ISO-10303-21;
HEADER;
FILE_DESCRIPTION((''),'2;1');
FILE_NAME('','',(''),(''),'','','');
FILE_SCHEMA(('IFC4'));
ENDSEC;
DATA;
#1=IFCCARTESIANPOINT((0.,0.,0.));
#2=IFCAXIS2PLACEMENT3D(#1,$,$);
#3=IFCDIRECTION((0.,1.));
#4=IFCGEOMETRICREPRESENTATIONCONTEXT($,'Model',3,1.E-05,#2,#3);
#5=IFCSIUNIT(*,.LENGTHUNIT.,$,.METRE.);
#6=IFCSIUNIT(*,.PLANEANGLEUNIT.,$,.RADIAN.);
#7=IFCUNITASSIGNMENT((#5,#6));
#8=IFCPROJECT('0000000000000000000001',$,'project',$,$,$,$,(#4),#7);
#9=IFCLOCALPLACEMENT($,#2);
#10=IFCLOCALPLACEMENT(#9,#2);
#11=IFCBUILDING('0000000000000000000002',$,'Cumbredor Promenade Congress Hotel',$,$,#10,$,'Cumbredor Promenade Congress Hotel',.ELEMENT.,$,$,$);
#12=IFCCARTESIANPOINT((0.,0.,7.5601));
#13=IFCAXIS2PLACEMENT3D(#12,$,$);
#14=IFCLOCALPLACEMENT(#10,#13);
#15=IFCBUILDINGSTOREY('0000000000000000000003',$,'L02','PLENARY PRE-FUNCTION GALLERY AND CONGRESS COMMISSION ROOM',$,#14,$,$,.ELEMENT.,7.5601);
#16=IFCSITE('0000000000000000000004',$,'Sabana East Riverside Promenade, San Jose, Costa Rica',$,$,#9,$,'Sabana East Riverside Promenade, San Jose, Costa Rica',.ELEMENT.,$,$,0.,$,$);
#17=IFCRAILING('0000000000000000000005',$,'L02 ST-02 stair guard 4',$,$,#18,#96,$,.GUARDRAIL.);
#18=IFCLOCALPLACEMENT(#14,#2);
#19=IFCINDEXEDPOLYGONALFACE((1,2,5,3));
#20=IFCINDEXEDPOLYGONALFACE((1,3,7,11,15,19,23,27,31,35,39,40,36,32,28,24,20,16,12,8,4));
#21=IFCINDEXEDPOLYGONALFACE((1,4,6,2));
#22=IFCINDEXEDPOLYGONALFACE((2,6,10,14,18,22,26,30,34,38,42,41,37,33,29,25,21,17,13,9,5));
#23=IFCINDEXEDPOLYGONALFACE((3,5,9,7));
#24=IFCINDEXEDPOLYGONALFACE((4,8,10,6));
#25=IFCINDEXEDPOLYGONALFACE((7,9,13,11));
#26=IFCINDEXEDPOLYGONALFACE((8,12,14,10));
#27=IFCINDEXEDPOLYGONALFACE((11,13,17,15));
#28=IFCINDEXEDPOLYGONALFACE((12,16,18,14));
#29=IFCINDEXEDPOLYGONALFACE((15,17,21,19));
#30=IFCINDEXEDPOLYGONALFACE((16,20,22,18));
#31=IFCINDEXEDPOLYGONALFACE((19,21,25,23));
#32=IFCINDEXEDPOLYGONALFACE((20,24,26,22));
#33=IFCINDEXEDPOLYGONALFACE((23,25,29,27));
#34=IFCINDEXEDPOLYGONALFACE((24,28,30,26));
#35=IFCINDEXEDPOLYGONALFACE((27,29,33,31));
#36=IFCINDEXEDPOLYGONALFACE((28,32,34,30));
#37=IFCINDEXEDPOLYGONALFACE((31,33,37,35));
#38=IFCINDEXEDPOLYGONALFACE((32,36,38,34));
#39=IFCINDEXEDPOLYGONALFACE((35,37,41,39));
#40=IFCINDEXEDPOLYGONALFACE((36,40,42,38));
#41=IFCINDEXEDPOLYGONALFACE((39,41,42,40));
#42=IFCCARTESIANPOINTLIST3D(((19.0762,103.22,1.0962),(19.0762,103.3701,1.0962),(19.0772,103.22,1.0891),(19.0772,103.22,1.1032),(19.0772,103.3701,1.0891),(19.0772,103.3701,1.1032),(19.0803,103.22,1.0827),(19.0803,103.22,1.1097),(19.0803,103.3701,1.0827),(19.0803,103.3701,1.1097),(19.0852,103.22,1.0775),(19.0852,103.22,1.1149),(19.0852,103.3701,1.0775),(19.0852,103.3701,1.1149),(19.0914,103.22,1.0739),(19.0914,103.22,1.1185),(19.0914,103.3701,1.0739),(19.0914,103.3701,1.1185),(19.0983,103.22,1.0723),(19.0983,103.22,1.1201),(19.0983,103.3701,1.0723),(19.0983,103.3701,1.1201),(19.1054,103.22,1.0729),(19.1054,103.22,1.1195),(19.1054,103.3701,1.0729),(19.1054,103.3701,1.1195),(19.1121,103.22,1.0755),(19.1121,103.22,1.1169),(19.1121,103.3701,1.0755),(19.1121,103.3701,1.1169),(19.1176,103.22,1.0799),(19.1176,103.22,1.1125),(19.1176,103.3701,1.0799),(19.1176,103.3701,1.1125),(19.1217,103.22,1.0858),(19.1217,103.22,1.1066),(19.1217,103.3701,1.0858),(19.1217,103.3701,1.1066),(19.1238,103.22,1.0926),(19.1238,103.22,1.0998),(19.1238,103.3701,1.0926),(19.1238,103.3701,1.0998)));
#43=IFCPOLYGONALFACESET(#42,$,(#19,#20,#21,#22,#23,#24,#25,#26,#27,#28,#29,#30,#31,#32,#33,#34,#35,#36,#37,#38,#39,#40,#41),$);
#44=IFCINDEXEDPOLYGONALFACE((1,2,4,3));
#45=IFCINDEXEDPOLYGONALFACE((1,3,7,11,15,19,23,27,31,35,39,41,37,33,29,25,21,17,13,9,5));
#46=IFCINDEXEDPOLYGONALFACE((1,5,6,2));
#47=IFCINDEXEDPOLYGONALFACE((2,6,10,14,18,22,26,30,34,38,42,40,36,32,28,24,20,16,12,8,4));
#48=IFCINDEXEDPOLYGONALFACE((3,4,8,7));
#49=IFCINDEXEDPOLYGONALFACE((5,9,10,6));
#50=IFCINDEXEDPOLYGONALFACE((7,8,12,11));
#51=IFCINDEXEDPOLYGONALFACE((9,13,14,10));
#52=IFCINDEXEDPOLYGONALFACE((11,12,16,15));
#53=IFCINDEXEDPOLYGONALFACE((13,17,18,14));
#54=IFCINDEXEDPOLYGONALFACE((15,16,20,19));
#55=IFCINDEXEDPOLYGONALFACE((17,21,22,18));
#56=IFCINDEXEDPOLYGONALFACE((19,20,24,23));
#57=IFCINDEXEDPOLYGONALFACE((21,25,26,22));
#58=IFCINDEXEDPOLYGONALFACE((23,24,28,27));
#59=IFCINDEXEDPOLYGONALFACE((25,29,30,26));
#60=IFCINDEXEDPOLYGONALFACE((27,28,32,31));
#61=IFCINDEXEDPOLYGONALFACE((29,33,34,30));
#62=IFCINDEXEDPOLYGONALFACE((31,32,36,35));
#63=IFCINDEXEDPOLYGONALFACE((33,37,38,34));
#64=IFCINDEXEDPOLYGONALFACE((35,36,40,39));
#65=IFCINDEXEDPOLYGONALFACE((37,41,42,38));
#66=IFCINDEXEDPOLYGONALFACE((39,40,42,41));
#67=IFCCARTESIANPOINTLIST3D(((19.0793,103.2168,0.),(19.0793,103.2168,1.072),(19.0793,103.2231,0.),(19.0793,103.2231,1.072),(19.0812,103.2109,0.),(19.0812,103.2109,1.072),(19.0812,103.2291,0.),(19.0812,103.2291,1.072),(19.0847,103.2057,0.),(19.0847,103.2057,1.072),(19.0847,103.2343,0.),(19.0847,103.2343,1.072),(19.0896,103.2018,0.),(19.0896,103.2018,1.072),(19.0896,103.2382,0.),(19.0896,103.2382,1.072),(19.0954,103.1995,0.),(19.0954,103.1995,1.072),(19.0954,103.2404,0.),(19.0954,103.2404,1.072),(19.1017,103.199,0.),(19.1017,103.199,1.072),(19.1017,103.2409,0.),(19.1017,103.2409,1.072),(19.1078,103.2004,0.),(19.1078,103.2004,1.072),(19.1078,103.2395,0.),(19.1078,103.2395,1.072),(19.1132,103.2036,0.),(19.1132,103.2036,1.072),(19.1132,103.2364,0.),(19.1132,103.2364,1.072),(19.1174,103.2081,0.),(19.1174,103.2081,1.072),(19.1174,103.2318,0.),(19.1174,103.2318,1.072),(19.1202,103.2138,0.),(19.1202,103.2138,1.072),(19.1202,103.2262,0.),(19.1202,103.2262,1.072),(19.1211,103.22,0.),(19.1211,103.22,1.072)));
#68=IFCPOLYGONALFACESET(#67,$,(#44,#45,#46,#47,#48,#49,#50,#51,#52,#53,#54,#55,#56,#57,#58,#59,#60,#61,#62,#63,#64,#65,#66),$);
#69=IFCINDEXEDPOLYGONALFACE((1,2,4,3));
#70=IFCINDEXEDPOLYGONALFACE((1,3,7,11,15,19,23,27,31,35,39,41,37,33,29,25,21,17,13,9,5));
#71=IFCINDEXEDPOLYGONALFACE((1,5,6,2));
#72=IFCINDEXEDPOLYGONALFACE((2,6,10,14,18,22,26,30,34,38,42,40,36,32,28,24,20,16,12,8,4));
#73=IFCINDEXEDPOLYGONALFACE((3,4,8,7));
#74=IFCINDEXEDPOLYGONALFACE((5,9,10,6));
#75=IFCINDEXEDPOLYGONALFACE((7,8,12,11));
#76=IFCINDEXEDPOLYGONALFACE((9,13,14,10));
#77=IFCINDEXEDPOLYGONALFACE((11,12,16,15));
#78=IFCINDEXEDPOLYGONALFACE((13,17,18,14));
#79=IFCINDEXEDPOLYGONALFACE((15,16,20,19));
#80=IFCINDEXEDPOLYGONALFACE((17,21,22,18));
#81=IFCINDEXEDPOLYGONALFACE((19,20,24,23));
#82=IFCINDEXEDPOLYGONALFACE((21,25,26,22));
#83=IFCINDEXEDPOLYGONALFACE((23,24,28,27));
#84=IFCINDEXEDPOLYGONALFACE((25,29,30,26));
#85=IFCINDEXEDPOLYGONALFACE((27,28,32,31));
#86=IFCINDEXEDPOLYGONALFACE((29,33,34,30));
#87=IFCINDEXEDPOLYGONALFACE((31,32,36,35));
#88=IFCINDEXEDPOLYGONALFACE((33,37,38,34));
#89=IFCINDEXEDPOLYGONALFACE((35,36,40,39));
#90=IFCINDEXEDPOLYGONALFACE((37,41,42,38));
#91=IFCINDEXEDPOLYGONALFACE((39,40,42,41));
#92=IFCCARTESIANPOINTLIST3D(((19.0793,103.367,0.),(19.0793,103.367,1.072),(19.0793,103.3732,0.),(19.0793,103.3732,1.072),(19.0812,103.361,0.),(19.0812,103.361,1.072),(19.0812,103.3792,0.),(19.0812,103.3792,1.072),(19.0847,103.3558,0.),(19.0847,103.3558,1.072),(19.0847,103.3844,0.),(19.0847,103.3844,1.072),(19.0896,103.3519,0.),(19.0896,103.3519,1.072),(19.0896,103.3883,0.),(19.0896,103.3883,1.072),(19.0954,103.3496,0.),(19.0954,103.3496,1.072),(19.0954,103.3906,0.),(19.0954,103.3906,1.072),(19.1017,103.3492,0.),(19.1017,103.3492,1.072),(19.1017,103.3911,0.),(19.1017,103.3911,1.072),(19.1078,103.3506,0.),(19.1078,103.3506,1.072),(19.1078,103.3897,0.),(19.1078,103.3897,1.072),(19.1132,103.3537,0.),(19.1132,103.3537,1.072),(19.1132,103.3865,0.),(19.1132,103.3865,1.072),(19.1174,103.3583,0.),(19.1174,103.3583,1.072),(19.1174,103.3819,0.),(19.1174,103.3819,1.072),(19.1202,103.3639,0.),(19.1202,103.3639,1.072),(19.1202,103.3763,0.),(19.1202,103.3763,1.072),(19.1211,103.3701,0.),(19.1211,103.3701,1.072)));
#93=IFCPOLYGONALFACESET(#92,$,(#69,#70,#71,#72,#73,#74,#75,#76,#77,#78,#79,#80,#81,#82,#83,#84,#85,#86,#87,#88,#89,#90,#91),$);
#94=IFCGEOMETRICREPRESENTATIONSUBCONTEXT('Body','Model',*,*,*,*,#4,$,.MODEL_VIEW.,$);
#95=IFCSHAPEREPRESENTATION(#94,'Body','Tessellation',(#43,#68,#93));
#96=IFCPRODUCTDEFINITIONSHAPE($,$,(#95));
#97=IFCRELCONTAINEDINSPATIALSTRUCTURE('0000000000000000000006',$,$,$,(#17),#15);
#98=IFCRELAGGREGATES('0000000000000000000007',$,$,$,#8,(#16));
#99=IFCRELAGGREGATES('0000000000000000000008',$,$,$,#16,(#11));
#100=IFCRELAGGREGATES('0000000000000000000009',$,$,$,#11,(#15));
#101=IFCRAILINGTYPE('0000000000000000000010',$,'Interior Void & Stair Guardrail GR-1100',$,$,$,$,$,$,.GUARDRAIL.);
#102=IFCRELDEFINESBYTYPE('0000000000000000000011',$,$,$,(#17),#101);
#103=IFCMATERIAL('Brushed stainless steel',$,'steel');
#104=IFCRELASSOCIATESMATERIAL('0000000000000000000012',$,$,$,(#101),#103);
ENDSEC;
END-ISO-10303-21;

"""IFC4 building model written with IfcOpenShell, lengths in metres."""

from ifc_helpers import new_model, si_unit, direction, frame, origin, origin_2d, place, context, subcontext, project, spatial, circle, extrude, material, type_object, element, save


model = new_model("IFC4")

# Units and contexts
model_context = context("Model", 3, precision=1e-05, world=origin(), true_north=direction((0.0, 1.0)))
body_context = subcontext(model_context, "Body", "Model", "MODEL_VIEW")
ifc_project = project(units=[si_unit("LENGTHUNIT", "METRE"), si_unit("PLANEANGLEUNIT", "RADIAN")], contexts=[model_context])

# Site, building, storey
site_placement = place(None, origin())
site = spatial("IfcSite", under=ifc_project, at=site_placement, Name="Sabana East Riverside Promenade, San Jose, Costa Rica", LongName="Sabana East Riverside Promenade, San Jose, Costa Rica", CompositionType="ELEMENT", RefElevation=0.0)
building_placement = place(site_placement, origin())
building = spatial("IfcBuilding", under=site, at=building_placement, Name="Cumbredor Promenade Congress Hotel", LongName="Cumbredor Promenade Congress Hotel", CompositionType="ELEMENT")
storey_placement = place(building_placement, frame((0.0, 0.0, 7.5601)))
storey = spatial("IfcBuildingStorey", under=building, at=storey_placement, Name="L02", Description="PLENARY PRE-FUNCTION GALLERY AND CONGRESS COMMISSION ROOM", CompositionType="ELEMENT", Elevation=7.5601)

# Shared definitions
ifc_material_1 = material(Name="Brushed stainless steel", Category="steel")

# Railing
railing_type_1 = type_object("IfcRailingType", Name="Interior Void & Stair Guardrail GR-1100", PredefinedType="GUARDRAIL", material=ifc_material_1)
railing_1_placement = place(storey_placement, frame((19.1001, 103.22, 0.0)))
element("IfcRailing", 1, at=railing_1_placement, inside=storey, type_object=railing_type_1, Name="L02 ST-02 stair guard 4", PredefinedType="GUARDRAIL", context=body_context, shape_type="SweptSolid", body=[
    extrude(circle(Radius=0.0239, at=origin_2d()), frame((0.0, 0.0, 1.0962), z_axis=(0.0, 1.0, 0.0), x_axis=(-1.0, 0.0, 0.0)), (0.0, 0.0, 1.0), 0.1501),
    extrude(circle(Radius=0.021, at=origin_2d()), origin(), (0.0, 0.0, 1.0), 1.072),
    extrude(circle(Radius=0.021, at=origin_2d()), frame((0.0, 0.1501, 0.0)), (0.0, 0.0, 1.0), 1.072),
])

save(model, "model.ifc")
